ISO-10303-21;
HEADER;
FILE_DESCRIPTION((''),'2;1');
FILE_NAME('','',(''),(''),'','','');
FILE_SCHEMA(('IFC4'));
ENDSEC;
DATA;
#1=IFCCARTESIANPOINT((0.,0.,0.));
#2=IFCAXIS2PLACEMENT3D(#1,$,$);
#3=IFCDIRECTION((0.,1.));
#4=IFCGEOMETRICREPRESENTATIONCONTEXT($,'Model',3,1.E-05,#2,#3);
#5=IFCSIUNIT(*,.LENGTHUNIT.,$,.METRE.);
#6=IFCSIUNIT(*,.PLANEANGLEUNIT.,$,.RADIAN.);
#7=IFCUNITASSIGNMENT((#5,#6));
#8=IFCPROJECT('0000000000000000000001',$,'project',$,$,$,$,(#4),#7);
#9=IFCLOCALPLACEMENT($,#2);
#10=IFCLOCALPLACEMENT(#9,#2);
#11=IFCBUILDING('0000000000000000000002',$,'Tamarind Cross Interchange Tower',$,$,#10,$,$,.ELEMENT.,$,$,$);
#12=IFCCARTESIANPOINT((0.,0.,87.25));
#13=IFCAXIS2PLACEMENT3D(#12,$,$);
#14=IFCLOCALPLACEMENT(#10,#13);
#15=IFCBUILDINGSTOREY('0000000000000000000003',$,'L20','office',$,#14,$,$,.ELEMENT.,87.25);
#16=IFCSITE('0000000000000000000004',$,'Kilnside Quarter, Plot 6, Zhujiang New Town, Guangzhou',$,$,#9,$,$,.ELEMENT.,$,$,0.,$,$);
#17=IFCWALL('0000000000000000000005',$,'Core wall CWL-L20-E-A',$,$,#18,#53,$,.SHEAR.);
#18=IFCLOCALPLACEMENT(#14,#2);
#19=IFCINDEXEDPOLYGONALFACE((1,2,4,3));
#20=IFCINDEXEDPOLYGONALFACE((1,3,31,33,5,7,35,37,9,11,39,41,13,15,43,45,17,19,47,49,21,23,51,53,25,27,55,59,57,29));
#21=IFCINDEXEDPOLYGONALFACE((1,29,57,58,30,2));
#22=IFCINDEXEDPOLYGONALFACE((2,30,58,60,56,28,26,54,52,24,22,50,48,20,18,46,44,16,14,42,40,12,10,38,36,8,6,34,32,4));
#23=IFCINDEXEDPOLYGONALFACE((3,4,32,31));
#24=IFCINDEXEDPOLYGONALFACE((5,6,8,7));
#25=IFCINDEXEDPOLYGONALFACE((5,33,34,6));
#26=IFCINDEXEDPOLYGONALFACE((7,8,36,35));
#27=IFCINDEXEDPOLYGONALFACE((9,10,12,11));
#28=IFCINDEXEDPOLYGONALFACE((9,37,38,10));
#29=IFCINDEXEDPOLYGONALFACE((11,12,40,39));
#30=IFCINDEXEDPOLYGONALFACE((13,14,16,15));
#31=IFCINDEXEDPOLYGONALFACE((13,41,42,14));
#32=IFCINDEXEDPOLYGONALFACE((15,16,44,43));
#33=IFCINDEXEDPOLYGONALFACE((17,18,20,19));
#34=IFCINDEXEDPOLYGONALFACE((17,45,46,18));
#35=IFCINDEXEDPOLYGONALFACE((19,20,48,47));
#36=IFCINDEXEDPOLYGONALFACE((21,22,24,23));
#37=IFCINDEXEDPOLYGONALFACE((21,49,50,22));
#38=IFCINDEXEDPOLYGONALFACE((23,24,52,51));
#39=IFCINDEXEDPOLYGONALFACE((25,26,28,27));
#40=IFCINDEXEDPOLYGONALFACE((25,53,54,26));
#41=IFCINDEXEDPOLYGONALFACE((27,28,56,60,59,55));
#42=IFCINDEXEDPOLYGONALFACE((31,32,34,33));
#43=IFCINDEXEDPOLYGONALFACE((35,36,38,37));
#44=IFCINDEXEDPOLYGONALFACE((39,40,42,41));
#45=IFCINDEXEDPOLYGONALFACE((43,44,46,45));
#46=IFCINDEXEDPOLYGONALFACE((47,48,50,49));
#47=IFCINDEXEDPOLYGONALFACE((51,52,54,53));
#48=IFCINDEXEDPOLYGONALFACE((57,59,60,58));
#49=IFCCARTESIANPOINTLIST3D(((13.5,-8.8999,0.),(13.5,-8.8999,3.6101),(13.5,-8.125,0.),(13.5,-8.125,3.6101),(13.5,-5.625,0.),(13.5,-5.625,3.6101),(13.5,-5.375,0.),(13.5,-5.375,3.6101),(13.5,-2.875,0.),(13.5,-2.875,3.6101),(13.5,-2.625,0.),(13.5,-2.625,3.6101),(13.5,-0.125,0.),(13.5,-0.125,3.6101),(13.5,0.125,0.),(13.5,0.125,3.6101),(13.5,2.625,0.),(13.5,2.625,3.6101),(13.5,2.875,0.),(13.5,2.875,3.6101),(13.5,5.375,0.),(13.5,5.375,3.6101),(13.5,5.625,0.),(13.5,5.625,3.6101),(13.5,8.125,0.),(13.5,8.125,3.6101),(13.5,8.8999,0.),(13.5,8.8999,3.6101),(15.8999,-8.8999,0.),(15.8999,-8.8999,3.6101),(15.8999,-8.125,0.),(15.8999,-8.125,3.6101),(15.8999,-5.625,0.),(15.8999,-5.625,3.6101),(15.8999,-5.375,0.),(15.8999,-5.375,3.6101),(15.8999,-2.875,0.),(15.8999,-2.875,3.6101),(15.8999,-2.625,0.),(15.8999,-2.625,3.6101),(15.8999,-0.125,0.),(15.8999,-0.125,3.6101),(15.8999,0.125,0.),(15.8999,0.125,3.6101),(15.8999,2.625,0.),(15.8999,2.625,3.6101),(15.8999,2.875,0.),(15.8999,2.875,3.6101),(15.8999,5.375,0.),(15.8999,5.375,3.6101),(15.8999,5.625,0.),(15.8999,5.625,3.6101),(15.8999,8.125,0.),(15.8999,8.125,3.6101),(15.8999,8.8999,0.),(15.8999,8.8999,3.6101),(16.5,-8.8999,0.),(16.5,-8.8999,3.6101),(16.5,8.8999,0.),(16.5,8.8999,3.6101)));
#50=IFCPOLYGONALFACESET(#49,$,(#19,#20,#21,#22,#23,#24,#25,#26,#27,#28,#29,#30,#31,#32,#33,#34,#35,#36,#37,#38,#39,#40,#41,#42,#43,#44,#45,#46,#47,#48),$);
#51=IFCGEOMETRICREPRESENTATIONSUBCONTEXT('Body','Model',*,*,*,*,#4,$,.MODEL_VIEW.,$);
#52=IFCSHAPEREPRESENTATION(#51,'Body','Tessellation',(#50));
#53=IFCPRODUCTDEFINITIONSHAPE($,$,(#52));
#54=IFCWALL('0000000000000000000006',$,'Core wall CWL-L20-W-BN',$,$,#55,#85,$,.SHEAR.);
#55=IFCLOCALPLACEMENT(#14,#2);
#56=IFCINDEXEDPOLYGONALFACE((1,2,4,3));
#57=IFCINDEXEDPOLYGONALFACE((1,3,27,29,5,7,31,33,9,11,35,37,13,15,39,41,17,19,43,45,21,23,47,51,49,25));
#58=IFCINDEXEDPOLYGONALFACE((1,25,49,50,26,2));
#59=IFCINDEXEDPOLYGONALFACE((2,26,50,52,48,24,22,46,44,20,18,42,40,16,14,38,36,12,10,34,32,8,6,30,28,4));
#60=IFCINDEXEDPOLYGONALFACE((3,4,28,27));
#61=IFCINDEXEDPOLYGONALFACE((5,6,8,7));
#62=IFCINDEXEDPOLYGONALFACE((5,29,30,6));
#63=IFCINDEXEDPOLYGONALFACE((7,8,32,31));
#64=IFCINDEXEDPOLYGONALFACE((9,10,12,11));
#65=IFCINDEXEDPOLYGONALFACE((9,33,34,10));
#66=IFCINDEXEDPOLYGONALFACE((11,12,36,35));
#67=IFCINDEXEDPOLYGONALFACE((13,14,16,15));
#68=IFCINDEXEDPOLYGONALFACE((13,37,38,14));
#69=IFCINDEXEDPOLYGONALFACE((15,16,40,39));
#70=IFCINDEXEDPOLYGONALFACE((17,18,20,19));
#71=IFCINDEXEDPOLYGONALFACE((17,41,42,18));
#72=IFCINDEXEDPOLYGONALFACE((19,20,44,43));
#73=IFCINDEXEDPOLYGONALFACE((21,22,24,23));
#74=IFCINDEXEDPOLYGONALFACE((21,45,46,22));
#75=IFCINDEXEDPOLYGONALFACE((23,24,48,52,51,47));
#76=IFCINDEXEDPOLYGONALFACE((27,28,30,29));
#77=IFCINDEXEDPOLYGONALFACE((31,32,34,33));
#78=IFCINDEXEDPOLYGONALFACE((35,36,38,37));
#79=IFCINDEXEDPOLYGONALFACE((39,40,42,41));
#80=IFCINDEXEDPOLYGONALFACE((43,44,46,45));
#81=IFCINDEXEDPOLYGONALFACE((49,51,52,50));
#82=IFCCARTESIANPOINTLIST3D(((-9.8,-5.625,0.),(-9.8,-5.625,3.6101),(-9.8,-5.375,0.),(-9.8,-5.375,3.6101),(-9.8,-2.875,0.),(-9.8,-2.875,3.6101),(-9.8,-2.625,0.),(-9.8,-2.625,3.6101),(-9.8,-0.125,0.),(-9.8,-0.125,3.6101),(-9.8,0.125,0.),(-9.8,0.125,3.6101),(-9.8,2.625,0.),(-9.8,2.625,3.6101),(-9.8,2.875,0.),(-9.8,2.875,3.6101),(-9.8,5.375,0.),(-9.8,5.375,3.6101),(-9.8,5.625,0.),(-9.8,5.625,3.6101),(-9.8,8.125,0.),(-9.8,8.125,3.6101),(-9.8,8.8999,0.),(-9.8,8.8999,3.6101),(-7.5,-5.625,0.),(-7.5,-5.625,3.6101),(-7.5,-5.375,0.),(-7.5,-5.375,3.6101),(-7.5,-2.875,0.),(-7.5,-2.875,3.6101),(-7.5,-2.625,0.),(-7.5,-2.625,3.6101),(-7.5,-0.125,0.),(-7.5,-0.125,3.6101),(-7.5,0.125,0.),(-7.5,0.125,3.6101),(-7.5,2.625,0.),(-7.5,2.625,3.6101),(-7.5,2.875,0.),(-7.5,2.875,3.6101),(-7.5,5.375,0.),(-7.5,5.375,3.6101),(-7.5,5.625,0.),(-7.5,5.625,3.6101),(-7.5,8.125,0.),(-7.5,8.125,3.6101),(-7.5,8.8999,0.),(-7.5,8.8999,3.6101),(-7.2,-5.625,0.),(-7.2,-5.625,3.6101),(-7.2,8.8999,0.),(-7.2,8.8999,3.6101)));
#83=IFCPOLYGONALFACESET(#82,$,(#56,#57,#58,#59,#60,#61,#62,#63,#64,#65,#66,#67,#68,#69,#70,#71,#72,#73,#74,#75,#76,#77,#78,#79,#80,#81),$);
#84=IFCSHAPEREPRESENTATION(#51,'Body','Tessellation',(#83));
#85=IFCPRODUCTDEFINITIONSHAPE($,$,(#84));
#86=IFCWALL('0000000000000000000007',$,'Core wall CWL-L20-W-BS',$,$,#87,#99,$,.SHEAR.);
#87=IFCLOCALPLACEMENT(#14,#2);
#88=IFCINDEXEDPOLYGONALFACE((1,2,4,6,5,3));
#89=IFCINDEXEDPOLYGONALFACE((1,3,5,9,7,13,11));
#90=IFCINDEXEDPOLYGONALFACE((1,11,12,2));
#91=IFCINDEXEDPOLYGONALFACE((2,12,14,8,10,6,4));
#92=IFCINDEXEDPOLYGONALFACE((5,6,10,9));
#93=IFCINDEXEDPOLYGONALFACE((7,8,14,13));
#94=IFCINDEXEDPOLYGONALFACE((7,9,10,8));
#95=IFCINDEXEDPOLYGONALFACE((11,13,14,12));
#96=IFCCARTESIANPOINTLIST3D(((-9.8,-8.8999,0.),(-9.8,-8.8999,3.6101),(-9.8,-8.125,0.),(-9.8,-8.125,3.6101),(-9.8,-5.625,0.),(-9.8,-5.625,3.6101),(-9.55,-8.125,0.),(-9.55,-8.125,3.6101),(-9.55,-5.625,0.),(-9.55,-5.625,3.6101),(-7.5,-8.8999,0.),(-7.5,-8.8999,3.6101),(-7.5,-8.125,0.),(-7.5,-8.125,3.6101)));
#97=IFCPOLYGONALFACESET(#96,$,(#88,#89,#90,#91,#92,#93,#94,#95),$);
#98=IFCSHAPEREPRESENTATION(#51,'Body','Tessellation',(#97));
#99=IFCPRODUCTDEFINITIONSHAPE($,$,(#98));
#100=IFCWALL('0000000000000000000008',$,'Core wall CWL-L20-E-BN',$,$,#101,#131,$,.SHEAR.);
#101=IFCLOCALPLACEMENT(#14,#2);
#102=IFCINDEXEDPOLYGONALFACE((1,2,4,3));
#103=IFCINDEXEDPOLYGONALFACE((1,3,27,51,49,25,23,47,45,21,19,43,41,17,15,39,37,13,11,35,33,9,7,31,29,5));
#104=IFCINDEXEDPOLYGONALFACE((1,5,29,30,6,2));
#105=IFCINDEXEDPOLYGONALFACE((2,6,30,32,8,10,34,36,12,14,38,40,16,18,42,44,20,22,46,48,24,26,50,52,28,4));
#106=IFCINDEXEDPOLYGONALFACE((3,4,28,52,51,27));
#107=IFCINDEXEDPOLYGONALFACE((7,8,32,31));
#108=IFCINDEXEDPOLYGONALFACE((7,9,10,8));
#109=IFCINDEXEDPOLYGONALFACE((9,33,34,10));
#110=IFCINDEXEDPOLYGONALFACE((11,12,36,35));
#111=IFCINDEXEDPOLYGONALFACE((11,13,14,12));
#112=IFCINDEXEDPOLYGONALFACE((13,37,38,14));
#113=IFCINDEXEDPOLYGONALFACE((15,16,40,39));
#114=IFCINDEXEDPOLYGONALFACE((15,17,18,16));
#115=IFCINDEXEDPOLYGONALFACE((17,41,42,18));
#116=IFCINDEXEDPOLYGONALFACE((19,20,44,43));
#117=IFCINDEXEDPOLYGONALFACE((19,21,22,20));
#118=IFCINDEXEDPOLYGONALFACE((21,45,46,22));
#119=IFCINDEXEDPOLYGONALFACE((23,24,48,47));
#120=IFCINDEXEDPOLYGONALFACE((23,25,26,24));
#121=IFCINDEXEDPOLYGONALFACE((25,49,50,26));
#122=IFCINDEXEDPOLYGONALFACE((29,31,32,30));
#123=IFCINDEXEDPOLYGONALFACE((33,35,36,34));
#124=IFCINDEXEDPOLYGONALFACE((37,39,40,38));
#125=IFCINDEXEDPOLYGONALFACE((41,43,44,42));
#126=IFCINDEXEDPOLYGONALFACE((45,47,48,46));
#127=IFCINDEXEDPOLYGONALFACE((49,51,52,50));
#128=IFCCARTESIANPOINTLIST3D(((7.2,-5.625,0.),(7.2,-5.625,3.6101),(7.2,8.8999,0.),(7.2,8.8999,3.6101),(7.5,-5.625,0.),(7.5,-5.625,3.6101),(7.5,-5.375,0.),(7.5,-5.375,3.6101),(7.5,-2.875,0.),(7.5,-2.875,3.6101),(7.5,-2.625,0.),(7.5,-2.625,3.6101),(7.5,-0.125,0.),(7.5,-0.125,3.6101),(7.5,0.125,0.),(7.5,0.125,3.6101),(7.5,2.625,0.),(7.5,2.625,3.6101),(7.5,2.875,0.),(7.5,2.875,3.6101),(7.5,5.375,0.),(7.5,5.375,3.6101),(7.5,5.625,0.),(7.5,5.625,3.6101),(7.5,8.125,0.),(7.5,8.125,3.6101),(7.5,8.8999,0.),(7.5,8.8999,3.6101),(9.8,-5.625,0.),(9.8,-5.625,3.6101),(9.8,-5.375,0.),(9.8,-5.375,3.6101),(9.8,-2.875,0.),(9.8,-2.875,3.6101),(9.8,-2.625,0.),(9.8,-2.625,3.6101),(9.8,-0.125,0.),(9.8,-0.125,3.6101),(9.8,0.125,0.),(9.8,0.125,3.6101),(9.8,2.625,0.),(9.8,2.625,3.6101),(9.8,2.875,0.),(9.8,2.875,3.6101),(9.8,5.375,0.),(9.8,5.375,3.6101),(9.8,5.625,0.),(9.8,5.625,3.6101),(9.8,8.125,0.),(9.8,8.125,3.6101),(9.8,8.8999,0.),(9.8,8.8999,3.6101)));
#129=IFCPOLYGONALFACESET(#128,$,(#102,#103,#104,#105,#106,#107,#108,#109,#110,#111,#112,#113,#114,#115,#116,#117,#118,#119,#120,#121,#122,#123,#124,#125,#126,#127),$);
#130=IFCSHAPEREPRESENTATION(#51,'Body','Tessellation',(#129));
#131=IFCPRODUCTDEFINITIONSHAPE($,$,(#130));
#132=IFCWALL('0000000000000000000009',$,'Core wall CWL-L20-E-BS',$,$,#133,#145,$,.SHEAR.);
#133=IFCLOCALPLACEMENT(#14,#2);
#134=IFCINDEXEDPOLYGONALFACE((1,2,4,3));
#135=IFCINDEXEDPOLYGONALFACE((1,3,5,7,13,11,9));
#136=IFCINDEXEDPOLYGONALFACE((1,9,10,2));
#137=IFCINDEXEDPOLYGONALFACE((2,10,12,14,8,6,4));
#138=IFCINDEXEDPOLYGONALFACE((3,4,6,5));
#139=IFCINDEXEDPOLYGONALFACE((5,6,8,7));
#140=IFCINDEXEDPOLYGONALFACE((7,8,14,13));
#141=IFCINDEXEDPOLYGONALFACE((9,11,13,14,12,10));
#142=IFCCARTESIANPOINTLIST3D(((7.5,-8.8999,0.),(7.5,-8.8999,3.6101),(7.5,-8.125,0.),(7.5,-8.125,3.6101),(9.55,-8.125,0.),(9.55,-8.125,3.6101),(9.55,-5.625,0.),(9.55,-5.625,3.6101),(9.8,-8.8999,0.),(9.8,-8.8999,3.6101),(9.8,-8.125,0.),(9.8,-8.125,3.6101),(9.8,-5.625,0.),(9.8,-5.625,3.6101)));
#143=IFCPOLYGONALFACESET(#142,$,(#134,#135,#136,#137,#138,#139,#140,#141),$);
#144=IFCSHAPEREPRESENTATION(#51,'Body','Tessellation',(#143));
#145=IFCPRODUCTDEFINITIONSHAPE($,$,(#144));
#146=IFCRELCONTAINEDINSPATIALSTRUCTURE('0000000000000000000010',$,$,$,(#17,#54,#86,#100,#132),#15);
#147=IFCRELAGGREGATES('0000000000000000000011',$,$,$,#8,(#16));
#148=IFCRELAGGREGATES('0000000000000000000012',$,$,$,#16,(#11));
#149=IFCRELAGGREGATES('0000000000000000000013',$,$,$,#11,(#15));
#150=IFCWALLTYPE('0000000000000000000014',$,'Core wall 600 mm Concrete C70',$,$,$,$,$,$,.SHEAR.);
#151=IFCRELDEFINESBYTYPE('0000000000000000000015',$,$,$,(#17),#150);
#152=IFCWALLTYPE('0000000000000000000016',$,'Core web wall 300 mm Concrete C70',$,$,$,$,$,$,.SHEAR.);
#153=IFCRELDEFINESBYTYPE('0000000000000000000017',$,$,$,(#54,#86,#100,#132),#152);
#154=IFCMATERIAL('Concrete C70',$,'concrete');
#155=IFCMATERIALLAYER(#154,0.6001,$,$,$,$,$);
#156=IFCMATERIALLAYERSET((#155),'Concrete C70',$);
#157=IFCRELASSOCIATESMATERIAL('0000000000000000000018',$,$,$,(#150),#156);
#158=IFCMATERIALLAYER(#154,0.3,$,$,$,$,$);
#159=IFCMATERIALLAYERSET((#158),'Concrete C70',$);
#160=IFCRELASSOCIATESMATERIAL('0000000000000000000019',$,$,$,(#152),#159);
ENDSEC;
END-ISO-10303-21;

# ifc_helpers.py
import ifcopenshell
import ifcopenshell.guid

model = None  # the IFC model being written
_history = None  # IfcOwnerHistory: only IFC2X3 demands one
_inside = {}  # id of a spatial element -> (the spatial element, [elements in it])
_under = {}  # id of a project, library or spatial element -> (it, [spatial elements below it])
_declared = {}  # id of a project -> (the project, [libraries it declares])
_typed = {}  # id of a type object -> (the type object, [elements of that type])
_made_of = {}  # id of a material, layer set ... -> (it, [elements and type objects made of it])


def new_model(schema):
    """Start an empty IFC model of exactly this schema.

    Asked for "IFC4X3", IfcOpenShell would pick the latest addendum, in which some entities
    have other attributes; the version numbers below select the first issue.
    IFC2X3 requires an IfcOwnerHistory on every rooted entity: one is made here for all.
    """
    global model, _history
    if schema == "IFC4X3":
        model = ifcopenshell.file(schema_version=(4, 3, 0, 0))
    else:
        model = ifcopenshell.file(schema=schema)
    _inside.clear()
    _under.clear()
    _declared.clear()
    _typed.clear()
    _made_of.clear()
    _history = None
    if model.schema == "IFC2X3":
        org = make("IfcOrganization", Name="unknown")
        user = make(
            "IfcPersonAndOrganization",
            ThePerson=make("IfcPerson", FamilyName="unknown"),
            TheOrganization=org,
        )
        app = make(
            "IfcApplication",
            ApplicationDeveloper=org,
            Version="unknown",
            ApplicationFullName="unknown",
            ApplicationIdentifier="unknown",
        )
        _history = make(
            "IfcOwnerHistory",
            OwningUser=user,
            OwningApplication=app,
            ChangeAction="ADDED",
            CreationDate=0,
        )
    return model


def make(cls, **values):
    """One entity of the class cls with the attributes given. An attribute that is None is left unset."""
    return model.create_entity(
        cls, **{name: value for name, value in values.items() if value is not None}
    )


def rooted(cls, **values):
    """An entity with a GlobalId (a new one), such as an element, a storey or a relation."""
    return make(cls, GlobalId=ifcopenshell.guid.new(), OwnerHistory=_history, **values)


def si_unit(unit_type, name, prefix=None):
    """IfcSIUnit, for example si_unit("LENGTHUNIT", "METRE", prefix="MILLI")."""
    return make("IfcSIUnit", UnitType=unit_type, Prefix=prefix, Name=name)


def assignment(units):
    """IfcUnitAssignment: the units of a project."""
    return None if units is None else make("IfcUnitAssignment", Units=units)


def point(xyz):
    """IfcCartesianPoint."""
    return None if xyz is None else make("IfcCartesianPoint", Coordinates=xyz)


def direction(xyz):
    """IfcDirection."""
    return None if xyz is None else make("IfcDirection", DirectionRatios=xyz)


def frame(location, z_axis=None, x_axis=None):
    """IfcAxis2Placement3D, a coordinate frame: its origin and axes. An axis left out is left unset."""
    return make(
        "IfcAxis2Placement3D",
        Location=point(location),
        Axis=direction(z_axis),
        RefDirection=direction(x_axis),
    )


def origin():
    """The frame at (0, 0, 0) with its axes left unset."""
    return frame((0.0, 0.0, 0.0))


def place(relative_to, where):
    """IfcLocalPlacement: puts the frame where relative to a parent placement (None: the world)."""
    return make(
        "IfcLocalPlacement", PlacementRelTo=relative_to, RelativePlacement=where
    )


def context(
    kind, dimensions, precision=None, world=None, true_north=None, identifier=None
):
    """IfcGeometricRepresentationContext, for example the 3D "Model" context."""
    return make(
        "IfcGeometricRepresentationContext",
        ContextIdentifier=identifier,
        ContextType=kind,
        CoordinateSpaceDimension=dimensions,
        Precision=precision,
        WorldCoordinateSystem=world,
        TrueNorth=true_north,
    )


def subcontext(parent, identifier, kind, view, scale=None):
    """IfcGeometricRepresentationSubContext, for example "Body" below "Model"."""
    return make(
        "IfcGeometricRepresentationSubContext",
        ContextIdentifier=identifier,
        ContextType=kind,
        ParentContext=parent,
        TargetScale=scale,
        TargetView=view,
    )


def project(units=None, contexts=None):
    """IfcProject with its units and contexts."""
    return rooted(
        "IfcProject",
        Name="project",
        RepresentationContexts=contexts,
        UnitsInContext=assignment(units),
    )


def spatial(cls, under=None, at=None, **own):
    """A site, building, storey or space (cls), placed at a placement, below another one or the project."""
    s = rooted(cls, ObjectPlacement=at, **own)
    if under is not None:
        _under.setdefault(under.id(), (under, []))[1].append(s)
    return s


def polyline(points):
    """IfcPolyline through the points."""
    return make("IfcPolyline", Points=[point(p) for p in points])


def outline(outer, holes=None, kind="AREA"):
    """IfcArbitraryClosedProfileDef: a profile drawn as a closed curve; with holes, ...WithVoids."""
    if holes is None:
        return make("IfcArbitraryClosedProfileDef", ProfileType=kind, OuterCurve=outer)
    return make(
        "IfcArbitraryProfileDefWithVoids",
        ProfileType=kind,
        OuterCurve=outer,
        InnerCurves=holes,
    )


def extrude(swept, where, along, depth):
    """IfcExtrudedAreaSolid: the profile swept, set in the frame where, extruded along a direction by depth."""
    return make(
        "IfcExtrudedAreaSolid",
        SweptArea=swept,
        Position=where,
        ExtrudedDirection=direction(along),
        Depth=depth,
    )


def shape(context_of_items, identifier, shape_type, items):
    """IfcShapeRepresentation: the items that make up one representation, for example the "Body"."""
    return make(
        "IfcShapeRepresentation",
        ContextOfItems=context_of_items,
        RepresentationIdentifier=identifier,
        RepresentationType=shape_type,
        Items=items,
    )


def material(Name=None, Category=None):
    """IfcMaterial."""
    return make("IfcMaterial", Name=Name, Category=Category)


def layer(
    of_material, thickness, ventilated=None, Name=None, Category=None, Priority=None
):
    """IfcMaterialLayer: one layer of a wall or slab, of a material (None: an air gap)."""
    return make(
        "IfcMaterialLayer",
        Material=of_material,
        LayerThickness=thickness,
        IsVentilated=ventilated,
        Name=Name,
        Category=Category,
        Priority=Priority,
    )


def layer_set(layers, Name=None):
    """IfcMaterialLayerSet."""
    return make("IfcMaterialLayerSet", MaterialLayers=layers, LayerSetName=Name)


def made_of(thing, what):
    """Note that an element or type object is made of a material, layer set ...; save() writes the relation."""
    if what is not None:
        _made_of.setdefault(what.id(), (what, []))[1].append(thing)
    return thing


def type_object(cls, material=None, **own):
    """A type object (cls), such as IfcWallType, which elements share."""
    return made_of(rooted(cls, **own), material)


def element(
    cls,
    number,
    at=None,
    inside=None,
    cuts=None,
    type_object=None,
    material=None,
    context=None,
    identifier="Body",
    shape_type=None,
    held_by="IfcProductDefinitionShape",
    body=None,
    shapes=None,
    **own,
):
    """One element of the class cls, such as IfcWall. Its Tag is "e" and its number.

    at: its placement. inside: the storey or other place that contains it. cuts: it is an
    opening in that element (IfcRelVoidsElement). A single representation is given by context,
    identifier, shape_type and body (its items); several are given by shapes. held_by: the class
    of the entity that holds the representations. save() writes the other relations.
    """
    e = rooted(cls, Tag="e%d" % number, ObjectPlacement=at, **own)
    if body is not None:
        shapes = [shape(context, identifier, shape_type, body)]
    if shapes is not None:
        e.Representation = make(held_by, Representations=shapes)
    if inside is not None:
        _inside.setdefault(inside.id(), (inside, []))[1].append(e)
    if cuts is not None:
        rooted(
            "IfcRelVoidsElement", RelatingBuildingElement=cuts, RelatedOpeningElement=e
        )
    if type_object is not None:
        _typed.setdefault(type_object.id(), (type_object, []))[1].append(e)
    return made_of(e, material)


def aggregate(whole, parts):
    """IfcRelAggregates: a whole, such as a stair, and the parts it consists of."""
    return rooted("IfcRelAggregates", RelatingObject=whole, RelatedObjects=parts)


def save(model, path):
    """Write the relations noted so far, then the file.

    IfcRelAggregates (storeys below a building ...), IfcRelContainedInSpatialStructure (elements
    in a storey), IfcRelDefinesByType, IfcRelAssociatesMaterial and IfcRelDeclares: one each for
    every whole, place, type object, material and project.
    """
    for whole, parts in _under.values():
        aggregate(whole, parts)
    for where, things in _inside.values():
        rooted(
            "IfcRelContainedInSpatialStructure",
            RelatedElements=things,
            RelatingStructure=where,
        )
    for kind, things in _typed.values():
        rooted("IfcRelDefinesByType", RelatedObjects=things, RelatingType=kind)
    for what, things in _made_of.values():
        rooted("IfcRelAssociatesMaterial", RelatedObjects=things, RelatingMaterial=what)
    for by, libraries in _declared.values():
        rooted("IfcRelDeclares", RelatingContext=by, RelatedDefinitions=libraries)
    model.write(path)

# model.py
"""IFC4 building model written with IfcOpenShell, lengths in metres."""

from ifc_helpers import new_model, si_unit, direction, frame, origin, place, context, subcontext, project, spatial, polyline, outline, extrude, material, layer, layer_set, type_object, element, save


model = new_model("IFC4")

# Units and contexts
model_context = context("Model", 3, precision=1e-05, world=origin(), true_north=direction((0.0, 1.0)))
body_context = subcontext(model_context, "Body", "Model", "MODEL_VIEW")
ifc_project = project(units=[si_unit("LENGTHUNIT", "METRE"), si_unit("PLANEANGLEUNIT", "RADIAN")], contexts=[model_context])

# Site, building, storey
site_placement = place(None, origin())
site = spatial("IfcSite", under=ifc_project, at=site_placement, Name="Kilnside Quarter, Plot 6, Zhujiang New Town, Guangzhou", CompositionType="ELEMENT", RefElevation=0.0)
building_placement = place(site_placement, origin())
building = spatial("IfcBuilding", under=site, at=building_placement, Name="Tamarind Cross Interchange Tower", CompositionType="ELEMENT")
storey_placement = place(building_placement, frame((0.0, 0.0, 87.25)))
storey = spatial("IfcBuildingStorey", under=building, at=storey_placement, Name="L20", Description="office", CompositionType="ELEMENT", Elevation=87.25)

# Walls
ifc_material_1 = material(Name="Concrete C70", Category="concrete")
ifc_layer_1 = layer(ifc_material_1, 0.6001)
ifc_layer_set_1 = layer_set([ifc_layer_1], Name="Concrete C70")
wall_type_1 = type_object("IfcWallType", Name="Core wall 600 mm Concrete C70", PredefinedType="SHEAR", material=ifc_layer_set_1)
wall_1_placement = place(storey_placement, origin())
element("IfcWall", 1, at=wall_1_placement, inside=storey, type_object=wall_type_1, Name="Core wall CWL-L20-E-A", PredefinedType="SHEAR", context=body_context, shape_type="SweptSolid", body=[
    extrude(outline(polyline([(13.5, -8.8999), (15.8999, -8.8999), (16.5, -8.8999), (16.5, 8.8999), (15.8999, 8.8999), (13.5, 8.8999), (13.5, 8.125), (15.8999, 8.125), (15.8999, 5.625), (13.5, 5.625), (13.5, 5.375), (15.8999, 5.375), (15.8999, 2.875), (13.5, 2.875), (13.5, 2.625), (15.8999, 2.625), (15.8999, 0.125), (13.5, 0.125), (13.5, -0.125), (15.8999, -0.125), (15.8999, -2.625), (13.5, -2.625), (13.5, -2.875), (15.8999, -2.875), (15.8999, -5.375), (13.5, -5.375), (13.5, -5.625), (15.8999, -5.625), (15.8999, -8.125), (13.5, -8.125), (13.5, -8.8999)])), origin(), (0.0, 0.0, 1.0), 3.6101),
])
ifc_layer_2 = layer(ifc_material_1, 0.3)
ifc_layer_set_2 = layer_set([ifc_layer_2], Name="Concrete C70")
wall_type_2 = type_object("IfcWallType", Name="Core web wall 300 mm Concrete C70", PredefinedType="SHEAR", material=ifc_layer_set_2)
wall_2_placement = place(storey_placement, origin())
element("IfcWall", 2, at=wall_2_placement, inside=storey, type_object=wall_type_2, Name="Core wall CWL-L20-W-BN", PredefinedType="SHEAR", context=body_context, shape_type="SweptSolid", body=[
    extrude(outline(polyline([(-9.8, -5.375), (-9.8, -5.625), (-7.5, -5.625), (-7.2, -5.625), (-7.2, 8.8999), (-7.5, 8.8999), (-9.8, 8.8999), (-9.8, 8.125), (-7.5, 8.125), (-7.5, 5.625), (-9.8, 5.625), (-9.8, 5.375), (-7.5, 5.375), (-7.5, 2.875), (-9.8, 2.875), (-9.8, 2.625), (-7.5, 2.625), (-7.5, 0.125), (-9.8, 0.125), (-9.8, -0.125), (-7.5, -0.125), (-7.5, -2.625), (-9.8, -2.625), (-9.8, -2.875), (-7.5, -2.875), (-7.5, -5.375), (-9.8, -5.375)])), origin(), (0.0, 0.0, 1.0), 3.6101),
])
wall_3_placement = place(storey_placement, origin())
element("IfcWall", 3, at=wall_3_placement, inside=storey, type_object=wall_type_2, Name="Core wall CWL-L20-W-BS", PredefinedType="SHEAR", context=body_context, shape_type="SweptSolid", body=[
    extrude(outline(polyline([(-7.5, -8.125), (-9.55, -8.125), (-9.55, -5.625), (-9.8, -5.625), (-9.8, -8.125), (-9.8, -8.8999), (-7.5, -8.8999), (-7.5, -8.125)])), origin(), (0.0, 0.0, 1.0), 3.6101),
])
wall_4_placement = place(storey_placement, origin())
element("IfcWall", 4, at=wall_4_placement, inside=storey, type_object=wall_type_2, Name="Core wall CWL-L20-E-BN", PredefinedType="SHEAR", context=body_context, shape_type="SweptSolid", body=[
    extrude(outline(polyline([(9.8, -5.375), (7.5, -5.375), (7.5, -2.875), (9.8, -2.875), (9.8, -2.625), (7.5, -2.625), (7.5, -0.125), (9.8, -0.125), (9.8, 0.125), (7.5, 0.125), (7.5, 2.625), (9.8, 2.625), (9.8, 2.875), (7.5, 2.875), (7.5, 5.375), (9.8, 5.375), (9.8, 5.625), (7.5, 5.625), (7.5, 8.125), (9.8, 8.125), (9.8, 8.8999), (7.5, 8.8999), (7.2, 8.8999), (7.2, -5.625), (7.5, -5.625), (9.8, -5.625), (9.8, -5.375)])), origin(), (0.0, 0.0, 1.0), 3.6101),
])
wall_5_placement = place(storey_placement, origin())
element("IfcWall", 5, at=wall_5_placement, inside=storey, type_object=wall_type_2, Name="Core wall CWL-L20-E-BS", PredefinedType="SHEAR", context=body_context, shape_type="SweptSolid", body=[
    extrude(outline(polyline([(7.5, -8.125), (7.5, -8.8999), (9.8, -8.8999), (9.8, -8.125), (9.8, -5.625), (9.55, -5.625), (9.55, -8.125), (7.5, -8.125)])), origin(), (0.0, 0.0, 1.0), 3.6101),
])

save(model, "model.ifc")
